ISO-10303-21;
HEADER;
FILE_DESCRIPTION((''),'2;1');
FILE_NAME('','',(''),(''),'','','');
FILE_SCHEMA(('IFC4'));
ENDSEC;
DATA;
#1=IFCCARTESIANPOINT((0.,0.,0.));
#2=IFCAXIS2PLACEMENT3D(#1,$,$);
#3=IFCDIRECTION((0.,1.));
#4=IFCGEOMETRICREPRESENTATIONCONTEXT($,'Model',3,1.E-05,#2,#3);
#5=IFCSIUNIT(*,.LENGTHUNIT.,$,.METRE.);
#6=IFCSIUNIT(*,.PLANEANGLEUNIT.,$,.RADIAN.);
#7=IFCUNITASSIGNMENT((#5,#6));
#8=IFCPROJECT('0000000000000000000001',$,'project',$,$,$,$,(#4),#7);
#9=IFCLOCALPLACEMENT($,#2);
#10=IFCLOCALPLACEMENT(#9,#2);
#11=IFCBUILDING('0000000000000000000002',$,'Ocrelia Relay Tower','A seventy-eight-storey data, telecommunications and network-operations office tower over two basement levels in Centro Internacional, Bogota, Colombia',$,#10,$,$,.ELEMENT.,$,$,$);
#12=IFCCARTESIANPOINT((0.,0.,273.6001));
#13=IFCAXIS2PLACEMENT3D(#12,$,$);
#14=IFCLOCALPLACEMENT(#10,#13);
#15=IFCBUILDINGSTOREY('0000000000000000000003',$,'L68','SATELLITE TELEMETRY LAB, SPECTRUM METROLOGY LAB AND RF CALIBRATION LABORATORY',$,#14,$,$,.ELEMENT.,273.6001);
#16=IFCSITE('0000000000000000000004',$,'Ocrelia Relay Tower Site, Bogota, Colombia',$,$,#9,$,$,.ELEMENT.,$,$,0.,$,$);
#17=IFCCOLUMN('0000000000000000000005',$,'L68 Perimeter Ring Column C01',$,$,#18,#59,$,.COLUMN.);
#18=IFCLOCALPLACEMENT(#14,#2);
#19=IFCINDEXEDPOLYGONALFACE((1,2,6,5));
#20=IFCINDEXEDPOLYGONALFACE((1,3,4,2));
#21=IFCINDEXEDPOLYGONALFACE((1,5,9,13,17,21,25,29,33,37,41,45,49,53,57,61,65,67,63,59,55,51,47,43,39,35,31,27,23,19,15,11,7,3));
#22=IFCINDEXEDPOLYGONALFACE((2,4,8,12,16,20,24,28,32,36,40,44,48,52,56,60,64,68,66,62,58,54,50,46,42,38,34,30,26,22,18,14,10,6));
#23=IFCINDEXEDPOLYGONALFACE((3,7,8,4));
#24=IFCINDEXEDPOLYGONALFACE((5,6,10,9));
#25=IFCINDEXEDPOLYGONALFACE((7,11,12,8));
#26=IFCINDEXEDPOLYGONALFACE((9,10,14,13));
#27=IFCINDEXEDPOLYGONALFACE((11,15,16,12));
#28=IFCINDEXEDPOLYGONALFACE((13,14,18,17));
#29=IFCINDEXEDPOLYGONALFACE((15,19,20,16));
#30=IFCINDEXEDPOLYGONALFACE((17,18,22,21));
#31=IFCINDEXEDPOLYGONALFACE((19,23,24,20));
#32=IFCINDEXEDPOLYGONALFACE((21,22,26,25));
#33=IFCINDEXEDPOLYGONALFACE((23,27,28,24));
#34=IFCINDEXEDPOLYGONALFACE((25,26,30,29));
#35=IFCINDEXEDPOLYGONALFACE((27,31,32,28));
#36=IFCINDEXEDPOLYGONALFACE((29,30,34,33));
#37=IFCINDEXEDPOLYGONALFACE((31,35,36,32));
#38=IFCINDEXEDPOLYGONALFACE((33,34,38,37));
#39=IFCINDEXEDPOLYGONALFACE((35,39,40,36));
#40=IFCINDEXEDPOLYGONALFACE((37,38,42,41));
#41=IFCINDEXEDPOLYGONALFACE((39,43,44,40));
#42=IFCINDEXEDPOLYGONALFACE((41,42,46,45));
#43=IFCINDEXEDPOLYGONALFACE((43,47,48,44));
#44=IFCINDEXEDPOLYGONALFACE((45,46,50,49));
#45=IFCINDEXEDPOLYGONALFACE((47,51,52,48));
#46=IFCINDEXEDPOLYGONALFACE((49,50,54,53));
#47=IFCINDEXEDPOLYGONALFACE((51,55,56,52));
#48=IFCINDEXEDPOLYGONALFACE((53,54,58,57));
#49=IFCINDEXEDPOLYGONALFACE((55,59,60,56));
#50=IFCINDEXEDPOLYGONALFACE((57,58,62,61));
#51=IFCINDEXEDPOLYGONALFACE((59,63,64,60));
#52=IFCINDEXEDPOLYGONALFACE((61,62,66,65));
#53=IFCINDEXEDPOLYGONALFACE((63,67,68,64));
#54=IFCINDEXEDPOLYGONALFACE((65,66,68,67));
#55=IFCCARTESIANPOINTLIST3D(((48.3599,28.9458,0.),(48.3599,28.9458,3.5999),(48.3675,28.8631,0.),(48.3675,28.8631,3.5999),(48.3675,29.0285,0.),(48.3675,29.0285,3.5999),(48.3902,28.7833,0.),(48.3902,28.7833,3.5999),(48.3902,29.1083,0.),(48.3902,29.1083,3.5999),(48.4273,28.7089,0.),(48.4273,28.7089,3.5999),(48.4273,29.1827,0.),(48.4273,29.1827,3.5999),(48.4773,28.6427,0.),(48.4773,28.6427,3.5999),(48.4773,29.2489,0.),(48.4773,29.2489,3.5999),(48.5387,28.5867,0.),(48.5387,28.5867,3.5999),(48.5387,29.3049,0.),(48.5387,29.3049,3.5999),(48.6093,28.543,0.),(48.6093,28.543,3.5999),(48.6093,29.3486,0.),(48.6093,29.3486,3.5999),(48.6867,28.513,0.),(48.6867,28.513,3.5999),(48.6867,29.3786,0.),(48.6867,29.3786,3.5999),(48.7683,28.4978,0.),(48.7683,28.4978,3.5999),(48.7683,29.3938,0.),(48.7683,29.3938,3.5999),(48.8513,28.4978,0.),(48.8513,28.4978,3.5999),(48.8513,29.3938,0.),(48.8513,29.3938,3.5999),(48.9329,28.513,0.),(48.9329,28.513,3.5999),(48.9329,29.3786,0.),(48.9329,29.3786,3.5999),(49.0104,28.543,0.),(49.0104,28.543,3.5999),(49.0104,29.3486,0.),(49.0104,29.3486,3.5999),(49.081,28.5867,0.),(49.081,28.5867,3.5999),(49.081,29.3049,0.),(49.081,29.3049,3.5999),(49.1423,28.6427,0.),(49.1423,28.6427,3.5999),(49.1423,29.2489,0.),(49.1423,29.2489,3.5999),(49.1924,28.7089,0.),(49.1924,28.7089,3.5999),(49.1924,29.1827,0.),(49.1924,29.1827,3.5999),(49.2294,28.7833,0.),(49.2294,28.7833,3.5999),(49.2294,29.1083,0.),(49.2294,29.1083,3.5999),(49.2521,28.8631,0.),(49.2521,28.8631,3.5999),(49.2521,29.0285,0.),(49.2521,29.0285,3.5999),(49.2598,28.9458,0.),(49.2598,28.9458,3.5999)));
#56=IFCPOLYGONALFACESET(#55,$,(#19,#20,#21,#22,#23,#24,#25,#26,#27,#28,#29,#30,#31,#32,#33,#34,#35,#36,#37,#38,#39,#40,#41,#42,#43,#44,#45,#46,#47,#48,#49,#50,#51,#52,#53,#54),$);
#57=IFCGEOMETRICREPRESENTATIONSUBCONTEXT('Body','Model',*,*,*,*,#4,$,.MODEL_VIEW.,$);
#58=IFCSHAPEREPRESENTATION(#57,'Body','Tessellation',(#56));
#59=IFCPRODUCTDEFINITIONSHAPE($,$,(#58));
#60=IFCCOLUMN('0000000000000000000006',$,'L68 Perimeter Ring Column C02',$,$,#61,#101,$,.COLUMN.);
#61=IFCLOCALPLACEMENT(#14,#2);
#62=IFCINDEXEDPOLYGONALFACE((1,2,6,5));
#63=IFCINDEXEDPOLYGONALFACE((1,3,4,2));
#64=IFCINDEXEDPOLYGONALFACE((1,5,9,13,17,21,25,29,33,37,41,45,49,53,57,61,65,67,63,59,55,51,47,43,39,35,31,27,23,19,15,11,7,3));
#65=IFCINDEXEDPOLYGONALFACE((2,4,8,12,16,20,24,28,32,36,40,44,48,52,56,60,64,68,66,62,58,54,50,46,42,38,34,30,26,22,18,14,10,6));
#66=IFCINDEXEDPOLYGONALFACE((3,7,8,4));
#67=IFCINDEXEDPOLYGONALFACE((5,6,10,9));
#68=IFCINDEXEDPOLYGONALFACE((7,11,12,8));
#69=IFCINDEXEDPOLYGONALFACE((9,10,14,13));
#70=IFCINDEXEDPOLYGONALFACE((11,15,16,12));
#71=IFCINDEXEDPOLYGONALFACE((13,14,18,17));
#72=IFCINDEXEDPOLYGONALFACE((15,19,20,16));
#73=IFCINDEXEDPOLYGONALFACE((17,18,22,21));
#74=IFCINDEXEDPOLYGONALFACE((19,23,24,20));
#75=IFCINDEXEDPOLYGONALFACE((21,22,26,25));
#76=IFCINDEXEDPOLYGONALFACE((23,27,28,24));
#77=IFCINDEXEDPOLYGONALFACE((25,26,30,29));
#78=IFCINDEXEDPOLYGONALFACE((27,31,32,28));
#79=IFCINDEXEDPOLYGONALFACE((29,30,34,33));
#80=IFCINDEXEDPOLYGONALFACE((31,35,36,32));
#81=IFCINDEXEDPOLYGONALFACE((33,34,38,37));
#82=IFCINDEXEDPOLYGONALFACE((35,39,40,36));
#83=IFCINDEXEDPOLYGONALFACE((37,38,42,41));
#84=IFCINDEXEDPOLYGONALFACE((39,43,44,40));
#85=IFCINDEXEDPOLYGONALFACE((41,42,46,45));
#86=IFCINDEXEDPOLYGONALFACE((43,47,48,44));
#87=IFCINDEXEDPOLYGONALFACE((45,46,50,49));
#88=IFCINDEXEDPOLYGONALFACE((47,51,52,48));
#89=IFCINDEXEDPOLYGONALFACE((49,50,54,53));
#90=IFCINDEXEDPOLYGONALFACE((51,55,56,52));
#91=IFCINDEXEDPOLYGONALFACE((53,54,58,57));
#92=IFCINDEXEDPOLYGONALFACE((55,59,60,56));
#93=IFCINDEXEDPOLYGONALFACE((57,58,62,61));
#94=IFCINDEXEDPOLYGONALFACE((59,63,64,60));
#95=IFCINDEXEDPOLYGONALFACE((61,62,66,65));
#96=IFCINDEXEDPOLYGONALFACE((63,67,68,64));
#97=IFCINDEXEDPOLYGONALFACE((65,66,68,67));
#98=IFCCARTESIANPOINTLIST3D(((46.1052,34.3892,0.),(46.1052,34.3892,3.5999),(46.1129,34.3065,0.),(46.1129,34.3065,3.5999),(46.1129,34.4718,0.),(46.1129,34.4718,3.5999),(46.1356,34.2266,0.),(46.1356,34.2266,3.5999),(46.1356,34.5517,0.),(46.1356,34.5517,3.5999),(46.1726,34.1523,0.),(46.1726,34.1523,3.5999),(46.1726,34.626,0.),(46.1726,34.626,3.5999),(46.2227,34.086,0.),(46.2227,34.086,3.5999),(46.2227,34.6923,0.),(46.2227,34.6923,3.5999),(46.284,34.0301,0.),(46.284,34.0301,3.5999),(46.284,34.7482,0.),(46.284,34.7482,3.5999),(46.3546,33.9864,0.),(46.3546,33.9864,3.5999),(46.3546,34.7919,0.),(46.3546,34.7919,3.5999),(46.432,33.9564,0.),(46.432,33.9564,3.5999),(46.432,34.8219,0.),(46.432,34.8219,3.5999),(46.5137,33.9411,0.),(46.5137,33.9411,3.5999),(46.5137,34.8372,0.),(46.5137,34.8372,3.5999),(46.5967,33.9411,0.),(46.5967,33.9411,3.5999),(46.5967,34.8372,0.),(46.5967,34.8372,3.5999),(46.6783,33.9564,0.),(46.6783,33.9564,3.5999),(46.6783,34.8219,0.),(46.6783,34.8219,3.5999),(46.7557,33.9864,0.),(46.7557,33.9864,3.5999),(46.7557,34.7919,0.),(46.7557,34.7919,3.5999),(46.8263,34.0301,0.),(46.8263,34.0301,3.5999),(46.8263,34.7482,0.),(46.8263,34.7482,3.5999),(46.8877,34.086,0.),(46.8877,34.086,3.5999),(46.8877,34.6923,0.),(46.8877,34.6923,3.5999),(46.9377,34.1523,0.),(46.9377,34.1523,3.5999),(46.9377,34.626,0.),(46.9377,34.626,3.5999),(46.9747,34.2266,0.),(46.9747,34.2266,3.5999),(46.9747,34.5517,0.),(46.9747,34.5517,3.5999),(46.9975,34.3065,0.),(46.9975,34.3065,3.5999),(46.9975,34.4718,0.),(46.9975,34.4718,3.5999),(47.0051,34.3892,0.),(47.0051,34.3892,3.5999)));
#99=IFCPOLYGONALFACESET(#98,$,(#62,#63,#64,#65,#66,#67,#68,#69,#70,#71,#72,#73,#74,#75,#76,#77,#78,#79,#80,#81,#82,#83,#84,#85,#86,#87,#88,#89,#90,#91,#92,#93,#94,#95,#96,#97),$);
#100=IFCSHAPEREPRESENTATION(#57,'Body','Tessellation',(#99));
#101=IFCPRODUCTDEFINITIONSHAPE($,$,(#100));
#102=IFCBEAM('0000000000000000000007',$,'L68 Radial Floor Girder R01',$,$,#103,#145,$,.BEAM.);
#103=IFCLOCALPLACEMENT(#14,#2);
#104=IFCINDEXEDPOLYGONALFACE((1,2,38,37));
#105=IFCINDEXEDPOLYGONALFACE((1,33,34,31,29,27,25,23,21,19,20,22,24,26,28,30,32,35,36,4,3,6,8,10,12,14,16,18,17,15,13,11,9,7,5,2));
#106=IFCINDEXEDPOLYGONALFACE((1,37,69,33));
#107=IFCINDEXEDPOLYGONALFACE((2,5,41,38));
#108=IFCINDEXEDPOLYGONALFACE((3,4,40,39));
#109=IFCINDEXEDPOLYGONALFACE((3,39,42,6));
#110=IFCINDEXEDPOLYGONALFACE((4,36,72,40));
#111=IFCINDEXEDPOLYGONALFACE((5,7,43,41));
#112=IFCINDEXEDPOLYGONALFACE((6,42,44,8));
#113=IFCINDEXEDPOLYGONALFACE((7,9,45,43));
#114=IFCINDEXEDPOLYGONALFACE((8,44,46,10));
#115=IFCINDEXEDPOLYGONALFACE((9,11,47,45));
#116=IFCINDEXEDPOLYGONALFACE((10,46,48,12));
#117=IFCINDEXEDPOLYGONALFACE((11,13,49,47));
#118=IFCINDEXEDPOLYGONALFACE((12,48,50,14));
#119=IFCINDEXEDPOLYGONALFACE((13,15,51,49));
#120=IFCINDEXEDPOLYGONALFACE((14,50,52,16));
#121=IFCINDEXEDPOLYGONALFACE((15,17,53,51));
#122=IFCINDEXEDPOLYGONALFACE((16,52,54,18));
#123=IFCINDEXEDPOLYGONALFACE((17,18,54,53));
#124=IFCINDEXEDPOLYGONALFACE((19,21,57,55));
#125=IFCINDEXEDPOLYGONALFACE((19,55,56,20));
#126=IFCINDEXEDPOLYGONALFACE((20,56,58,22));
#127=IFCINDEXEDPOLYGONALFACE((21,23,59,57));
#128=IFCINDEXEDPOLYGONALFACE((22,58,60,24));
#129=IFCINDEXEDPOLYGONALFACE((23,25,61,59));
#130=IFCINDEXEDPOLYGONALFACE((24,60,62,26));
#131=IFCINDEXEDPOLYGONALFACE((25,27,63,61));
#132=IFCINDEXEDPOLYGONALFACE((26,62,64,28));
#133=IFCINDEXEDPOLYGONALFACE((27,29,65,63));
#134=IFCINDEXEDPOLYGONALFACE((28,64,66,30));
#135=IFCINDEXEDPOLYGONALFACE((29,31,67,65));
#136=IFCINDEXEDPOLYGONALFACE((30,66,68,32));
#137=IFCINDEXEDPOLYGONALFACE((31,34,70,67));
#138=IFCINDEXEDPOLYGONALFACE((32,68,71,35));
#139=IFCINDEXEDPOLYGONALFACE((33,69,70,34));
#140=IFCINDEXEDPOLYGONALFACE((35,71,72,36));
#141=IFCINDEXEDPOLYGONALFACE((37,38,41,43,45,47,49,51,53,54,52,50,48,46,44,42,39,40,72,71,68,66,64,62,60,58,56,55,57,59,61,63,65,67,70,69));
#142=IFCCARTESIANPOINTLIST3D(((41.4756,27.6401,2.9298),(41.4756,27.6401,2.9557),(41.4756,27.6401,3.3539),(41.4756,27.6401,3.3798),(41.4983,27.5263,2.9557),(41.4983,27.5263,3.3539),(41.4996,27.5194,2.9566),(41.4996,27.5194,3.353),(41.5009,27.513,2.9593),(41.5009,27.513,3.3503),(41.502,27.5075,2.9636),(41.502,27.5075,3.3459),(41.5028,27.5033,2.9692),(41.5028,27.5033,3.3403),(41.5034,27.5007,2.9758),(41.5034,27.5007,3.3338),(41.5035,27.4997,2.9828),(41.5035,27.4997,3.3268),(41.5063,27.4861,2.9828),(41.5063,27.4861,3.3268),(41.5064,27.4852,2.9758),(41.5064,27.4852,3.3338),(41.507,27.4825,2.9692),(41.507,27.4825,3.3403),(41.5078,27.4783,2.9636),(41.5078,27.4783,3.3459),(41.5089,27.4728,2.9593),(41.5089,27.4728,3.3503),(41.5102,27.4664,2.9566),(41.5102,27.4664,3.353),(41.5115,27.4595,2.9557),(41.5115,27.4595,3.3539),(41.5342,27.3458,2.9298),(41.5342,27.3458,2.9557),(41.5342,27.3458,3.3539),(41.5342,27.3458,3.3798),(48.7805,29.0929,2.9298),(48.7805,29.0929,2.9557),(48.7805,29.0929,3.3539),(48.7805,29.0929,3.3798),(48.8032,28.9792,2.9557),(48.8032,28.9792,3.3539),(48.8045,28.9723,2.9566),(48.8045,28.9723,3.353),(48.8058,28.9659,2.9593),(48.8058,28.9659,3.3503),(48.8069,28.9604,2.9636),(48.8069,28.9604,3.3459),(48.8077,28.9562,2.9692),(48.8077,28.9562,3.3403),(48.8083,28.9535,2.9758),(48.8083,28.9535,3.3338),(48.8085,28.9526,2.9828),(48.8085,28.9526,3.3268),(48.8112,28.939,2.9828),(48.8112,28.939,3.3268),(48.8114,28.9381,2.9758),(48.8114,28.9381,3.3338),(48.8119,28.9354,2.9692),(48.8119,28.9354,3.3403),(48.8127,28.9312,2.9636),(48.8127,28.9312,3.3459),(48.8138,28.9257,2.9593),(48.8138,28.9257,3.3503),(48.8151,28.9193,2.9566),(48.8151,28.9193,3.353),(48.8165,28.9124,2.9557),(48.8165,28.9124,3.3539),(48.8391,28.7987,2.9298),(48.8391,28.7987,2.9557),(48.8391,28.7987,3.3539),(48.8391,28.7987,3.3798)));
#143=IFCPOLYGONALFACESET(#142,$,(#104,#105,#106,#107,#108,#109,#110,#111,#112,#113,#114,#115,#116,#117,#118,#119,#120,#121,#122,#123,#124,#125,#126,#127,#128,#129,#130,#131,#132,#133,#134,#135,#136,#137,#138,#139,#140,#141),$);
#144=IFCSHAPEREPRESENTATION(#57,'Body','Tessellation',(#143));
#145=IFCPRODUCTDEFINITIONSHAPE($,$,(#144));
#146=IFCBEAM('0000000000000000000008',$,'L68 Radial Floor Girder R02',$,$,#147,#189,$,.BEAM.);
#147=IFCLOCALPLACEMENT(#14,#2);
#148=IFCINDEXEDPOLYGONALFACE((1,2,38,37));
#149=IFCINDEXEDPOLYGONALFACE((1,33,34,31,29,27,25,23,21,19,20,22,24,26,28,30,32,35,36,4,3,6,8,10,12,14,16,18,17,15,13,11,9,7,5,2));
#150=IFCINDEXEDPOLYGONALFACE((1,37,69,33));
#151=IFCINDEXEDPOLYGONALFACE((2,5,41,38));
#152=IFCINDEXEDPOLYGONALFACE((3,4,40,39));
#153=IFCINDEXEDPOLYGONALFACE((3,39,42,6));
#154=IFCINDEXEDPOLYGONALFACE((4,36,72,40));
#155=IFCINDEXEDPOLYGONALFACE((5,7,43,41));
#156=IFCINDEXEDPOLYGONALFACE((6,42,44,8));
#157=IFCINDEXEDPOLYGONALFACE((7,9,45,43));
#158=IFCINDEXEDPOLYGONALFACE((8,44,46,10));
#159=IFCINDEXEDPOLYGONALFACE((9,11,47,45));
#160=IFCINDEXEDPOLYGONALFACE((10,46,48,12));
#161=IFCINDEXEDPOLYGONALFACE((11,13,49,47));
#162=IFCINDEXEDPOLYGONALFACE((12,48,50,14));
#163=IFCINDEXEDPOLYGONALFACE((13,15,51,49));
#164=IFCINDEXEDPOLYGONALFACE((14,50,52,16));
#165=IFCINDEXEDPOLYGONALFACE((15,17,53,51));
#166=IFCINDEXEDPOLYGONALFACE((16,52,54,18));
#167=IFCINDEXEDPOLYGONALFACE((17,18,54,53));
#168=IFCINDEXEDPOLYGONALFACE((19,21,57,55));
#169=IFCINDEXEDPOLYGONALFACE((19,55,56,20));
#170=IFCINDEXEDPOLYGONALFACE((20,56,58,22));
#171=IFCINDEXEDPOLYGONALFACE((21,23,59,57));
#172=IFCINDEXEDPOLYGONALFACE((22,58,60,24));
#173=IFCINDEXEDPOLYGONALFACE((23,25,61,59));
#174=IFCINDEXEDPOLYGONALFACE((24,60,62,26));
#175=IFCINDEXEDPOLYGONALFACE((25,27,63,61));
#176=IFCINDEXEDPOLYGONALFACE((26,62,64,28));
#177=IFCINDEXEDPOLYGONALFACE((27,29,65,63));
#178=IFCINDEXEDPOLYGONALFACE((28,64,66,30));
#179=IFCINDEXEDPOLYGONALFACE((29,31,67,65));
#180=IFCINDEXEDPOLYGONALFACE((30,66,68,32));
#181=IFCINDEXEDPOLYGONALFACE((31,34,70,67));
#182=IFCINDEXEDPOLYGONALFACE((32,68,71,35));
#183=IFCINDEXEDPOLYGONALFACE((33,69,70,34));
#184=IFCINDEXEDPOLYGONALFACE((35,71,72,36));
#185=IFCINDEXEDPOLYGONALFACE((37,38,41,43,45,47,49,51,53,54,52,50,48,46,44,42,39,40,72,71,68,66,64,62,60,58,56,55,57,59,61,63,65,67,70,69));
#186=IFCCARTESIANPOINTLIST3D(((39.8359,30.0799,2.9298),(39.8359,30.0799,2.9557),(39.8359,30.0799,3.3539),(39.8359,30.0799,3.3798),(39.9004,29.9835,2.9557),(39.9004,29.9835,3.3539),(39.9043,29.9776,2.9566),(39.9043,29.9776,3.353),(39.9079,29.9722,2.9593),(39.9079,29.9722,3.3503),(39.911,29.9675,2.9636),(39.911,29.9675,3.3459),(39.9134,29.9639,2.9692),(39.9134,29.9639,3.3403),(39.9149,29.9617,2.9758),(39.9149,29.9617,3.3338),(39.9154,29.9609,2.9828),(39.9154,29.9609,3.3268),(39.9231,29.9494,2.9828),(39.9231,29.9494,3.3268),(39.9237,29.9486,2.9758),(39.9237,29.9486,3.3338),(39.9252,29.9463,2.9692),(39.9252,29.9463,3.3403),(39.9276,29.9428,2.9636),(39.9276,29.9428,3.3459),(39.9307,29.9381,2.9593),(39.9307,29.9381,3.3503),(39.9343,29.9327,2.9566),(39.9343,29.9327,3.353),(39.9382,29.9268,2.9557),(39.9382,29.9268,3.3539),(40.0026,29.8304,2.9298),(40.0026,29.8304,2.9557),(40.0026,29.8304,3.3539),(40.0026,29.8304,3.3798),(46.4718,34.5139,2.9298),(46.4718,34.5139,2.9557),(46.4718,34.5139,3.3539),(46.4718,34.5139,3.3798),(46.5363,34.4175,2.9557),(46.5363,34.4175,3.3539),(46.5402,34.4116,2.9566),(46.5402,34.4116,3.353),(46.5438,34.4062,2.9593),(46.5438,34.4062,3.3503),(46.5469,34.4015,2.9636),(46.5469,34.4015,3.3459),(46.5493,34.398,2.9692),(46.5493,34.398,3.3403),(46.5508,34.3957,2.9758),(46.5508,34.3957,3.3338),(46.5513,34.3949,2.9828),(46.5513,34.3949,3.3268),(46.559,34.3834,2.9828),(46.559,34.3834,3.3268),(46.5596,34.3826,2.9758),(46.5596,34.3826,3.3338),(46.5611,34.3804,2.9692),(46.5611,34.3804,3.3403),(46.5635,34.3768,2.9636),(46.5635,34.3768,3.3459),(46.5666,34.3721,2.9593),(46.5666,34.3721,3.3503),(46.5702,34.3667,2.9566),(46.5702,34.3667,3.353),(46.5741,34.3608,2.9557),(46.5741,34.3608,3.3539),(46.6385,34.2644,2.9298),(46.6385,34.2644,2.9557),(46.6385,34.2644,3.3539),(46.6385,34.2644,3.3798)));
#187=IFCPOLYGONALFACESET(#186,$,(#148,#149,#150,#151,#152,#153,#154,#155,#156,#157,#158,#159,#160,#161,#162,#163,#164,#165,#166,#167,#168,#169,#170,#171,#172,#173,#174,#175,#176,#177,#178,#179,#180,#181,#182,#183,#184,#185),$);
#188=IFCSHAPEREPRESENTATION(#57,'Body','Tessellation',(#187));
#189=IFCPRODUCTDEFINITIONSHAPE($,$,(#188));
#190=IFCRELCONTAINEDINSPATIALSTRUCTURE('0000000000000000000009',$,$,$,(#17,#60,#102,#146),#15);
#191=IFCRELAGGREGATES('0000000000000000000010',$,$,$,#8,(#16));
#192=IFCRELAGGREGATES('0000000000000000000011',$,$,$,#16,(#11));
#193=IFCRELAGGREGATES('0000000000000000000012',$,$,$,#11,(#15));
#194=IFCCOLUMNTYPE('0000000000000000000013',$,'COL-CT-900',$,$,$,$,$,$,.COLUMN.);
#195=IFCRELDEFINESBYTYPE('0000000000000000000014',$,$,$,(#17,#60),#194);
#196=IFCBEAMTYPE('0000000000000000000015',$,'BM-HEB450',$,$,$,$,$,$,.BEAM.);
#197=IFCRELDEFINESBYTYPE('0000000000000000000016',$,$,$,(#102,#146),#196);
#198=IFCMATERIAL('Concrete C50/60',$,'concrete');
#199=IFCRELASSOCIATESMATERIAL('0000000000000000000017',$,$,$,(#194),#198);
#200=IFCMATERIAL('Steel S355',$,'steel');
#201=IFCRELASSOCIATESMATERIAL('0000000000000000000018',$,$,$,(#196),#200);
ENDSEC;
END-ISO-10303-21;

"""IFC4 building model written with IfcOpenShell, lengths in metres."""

from ifc_helpers import new_model, si_unit, direction, frame, origin, origin_2d, place, context, subcontext, project, spatial, circle, i_section, extrude, material, material_profile, profile_set, type_object, element, save


model = new_model("IFC4")

# Units and contexts
model_context = context("Model", 3, precision=1e-05, world=origin(), true_north=direction((0.0, 1.0)))
body_context = subcontext(model_context, "Body", "Model", "MODEL_VIEW")
ifc_project = project(units=[si_unit("LENGTHUNIT", "METRE"), si_unit("PLANEANGLEUNIT", "RADIAN")], contexts=[model_context])

# Site, building, storey
site_placement = place(None, origin())
site = spatial("IfcSite", under=ifc_project, at=site_placement, Name="Ocrelia Relay Tower Site, Bogota, Colombia", CompositionType="ELEMENT", RefElevation=0.0)
building_placement = place(site_placement, origin())
building = spatial("IfcBuilding", under=site, at=building_placement, Name="Ocrelia Relay Tower", Description="A seventy-eight-storey data, telecommunications and network-operations office tower over two basement levels in Centro Internacional, Bogota, Colombia", CompositionType="ELEMENT")
storey_placement = place(building_placement, frame((0.0, 0.0, 273.6001)))
storey = spatial("IfcBuildingStorey", under=building, at=storey_placement, Name="L68", Description="SATELLITE TELEMETRY LAB, SPECTRUM METROLOGY LAB AND RF CALIBRATION LABORATORY", CompositionType="ELEMENT", Elevation=273.6001)

# Columns
ifc_material_1 = material(Name="Concrete C50/60", Category="concrete")
ifc_material_profile_1 = material_profile(ifc_material_1, circle(Radius=0.45, at=origin_2d()), Name="RC-CIR-900")
ifc_profile_set_1 = profile_set([ifc_material_profile_1], Name="Concrete C50/60")
column_type = type_object("IfcColumnType", Name="COL-CT-900", PredefinedType="COLUMN", material=ifc_profile_set_1)
for number, where, z_axis, x_axis, name in (
    (1, (48.8098, 28.9458, 0.0), (0.0, 0.0, 1.0), (1.0, 0.0, 0.0), "L68 Perimeter Ring Column C01"),
    (2, (46.5552, 34.3892, 0.0), (0.0, 0.0, 1.0), (1.0, 0.0, 0.0), "L68 Perimeter Ring Column C02"),
):
    element("IfcColumn", number, at=place(storey_placement, frame(where, z_axis=z_axis, x_axis=x_axis)), inside=storey, type_object=column_type, Name=name, PredefinedType="COLUMN", context=body_context, shape_type="SweptSolid", body=[
        extrude(circle(Radius=0.45, at=origin_2d()), origin(), (0.0, 0.0, 1.0), 3.5999),
    ])

# Beams
ifc_material_2 = material(Name="Steel S355", Category="steel")
ifc_material_profile_2 = material_profile(ifc_material_2, i_section(OverallWidth=0.3, OverallDepth=0.45, WebThickness=0.0139, FlangeThickness=0.0259, FilletRadius=0.0271, at=origin_2d()), Name="HEB 450")
ifc_profile_set_2 = profile_set([ifc_material_profile_2], Name="Steel S355")
beam_type_1 = type_object("IfcBeamType", Name="BM-HEB450", PredefinedType="BEAM", material=ifc_profile_set_2)
beam_1_placement = place(storey_placement, frame((48.8098, 28.9458, 3.1548), z_axis=(-0.980789, -0.19507, 0.0), x_axis=(0.19507, -0.980789, 0.0)))
element("IfcBeam", 3, at=beam_1_placement, inside=storey, type_object=beam_type_1, Name="L68 Radial Floor Girder R01", PredefinedType="BEAM", context=body_context, shape_type="SweptSolid", body=[
    extrude(i_section(OverallWidth=0.3, OverallDepth=0.45, WebThickness=0.0139, FlangeThickness=0.0259, FilletRadius=0.0271, at=origin_2d()), origin(), (0.0, 0.0, 1.0), 7.448),
])
beam_2_placement = place(storey_placement, frame((46.5552, 34.3892, 3.1548), z_axis=(-0.831466, -0.555575, 0.0), x_axis=(0.555575, -0.831466, 0.0)))
element("IfcBeam", 4, at=beam_2_placement, inside=storey, type_object=beam_type_1, Name="L68 Radial Floor Girder R02", PredefinedType="BEAM", context=body_context, shape_type="SweptSolid", body=[
    extrude(i_section(OverallWidth=0.3, OverallDepth=0.45, WebThickness=0.0139, FlangeThickness=0.0259, FilletRadius=0.0271, at=origin_2d()), origin(), (0.0, 0.0, 1.0), 7.981),
])

save(model, "model.ifc")
